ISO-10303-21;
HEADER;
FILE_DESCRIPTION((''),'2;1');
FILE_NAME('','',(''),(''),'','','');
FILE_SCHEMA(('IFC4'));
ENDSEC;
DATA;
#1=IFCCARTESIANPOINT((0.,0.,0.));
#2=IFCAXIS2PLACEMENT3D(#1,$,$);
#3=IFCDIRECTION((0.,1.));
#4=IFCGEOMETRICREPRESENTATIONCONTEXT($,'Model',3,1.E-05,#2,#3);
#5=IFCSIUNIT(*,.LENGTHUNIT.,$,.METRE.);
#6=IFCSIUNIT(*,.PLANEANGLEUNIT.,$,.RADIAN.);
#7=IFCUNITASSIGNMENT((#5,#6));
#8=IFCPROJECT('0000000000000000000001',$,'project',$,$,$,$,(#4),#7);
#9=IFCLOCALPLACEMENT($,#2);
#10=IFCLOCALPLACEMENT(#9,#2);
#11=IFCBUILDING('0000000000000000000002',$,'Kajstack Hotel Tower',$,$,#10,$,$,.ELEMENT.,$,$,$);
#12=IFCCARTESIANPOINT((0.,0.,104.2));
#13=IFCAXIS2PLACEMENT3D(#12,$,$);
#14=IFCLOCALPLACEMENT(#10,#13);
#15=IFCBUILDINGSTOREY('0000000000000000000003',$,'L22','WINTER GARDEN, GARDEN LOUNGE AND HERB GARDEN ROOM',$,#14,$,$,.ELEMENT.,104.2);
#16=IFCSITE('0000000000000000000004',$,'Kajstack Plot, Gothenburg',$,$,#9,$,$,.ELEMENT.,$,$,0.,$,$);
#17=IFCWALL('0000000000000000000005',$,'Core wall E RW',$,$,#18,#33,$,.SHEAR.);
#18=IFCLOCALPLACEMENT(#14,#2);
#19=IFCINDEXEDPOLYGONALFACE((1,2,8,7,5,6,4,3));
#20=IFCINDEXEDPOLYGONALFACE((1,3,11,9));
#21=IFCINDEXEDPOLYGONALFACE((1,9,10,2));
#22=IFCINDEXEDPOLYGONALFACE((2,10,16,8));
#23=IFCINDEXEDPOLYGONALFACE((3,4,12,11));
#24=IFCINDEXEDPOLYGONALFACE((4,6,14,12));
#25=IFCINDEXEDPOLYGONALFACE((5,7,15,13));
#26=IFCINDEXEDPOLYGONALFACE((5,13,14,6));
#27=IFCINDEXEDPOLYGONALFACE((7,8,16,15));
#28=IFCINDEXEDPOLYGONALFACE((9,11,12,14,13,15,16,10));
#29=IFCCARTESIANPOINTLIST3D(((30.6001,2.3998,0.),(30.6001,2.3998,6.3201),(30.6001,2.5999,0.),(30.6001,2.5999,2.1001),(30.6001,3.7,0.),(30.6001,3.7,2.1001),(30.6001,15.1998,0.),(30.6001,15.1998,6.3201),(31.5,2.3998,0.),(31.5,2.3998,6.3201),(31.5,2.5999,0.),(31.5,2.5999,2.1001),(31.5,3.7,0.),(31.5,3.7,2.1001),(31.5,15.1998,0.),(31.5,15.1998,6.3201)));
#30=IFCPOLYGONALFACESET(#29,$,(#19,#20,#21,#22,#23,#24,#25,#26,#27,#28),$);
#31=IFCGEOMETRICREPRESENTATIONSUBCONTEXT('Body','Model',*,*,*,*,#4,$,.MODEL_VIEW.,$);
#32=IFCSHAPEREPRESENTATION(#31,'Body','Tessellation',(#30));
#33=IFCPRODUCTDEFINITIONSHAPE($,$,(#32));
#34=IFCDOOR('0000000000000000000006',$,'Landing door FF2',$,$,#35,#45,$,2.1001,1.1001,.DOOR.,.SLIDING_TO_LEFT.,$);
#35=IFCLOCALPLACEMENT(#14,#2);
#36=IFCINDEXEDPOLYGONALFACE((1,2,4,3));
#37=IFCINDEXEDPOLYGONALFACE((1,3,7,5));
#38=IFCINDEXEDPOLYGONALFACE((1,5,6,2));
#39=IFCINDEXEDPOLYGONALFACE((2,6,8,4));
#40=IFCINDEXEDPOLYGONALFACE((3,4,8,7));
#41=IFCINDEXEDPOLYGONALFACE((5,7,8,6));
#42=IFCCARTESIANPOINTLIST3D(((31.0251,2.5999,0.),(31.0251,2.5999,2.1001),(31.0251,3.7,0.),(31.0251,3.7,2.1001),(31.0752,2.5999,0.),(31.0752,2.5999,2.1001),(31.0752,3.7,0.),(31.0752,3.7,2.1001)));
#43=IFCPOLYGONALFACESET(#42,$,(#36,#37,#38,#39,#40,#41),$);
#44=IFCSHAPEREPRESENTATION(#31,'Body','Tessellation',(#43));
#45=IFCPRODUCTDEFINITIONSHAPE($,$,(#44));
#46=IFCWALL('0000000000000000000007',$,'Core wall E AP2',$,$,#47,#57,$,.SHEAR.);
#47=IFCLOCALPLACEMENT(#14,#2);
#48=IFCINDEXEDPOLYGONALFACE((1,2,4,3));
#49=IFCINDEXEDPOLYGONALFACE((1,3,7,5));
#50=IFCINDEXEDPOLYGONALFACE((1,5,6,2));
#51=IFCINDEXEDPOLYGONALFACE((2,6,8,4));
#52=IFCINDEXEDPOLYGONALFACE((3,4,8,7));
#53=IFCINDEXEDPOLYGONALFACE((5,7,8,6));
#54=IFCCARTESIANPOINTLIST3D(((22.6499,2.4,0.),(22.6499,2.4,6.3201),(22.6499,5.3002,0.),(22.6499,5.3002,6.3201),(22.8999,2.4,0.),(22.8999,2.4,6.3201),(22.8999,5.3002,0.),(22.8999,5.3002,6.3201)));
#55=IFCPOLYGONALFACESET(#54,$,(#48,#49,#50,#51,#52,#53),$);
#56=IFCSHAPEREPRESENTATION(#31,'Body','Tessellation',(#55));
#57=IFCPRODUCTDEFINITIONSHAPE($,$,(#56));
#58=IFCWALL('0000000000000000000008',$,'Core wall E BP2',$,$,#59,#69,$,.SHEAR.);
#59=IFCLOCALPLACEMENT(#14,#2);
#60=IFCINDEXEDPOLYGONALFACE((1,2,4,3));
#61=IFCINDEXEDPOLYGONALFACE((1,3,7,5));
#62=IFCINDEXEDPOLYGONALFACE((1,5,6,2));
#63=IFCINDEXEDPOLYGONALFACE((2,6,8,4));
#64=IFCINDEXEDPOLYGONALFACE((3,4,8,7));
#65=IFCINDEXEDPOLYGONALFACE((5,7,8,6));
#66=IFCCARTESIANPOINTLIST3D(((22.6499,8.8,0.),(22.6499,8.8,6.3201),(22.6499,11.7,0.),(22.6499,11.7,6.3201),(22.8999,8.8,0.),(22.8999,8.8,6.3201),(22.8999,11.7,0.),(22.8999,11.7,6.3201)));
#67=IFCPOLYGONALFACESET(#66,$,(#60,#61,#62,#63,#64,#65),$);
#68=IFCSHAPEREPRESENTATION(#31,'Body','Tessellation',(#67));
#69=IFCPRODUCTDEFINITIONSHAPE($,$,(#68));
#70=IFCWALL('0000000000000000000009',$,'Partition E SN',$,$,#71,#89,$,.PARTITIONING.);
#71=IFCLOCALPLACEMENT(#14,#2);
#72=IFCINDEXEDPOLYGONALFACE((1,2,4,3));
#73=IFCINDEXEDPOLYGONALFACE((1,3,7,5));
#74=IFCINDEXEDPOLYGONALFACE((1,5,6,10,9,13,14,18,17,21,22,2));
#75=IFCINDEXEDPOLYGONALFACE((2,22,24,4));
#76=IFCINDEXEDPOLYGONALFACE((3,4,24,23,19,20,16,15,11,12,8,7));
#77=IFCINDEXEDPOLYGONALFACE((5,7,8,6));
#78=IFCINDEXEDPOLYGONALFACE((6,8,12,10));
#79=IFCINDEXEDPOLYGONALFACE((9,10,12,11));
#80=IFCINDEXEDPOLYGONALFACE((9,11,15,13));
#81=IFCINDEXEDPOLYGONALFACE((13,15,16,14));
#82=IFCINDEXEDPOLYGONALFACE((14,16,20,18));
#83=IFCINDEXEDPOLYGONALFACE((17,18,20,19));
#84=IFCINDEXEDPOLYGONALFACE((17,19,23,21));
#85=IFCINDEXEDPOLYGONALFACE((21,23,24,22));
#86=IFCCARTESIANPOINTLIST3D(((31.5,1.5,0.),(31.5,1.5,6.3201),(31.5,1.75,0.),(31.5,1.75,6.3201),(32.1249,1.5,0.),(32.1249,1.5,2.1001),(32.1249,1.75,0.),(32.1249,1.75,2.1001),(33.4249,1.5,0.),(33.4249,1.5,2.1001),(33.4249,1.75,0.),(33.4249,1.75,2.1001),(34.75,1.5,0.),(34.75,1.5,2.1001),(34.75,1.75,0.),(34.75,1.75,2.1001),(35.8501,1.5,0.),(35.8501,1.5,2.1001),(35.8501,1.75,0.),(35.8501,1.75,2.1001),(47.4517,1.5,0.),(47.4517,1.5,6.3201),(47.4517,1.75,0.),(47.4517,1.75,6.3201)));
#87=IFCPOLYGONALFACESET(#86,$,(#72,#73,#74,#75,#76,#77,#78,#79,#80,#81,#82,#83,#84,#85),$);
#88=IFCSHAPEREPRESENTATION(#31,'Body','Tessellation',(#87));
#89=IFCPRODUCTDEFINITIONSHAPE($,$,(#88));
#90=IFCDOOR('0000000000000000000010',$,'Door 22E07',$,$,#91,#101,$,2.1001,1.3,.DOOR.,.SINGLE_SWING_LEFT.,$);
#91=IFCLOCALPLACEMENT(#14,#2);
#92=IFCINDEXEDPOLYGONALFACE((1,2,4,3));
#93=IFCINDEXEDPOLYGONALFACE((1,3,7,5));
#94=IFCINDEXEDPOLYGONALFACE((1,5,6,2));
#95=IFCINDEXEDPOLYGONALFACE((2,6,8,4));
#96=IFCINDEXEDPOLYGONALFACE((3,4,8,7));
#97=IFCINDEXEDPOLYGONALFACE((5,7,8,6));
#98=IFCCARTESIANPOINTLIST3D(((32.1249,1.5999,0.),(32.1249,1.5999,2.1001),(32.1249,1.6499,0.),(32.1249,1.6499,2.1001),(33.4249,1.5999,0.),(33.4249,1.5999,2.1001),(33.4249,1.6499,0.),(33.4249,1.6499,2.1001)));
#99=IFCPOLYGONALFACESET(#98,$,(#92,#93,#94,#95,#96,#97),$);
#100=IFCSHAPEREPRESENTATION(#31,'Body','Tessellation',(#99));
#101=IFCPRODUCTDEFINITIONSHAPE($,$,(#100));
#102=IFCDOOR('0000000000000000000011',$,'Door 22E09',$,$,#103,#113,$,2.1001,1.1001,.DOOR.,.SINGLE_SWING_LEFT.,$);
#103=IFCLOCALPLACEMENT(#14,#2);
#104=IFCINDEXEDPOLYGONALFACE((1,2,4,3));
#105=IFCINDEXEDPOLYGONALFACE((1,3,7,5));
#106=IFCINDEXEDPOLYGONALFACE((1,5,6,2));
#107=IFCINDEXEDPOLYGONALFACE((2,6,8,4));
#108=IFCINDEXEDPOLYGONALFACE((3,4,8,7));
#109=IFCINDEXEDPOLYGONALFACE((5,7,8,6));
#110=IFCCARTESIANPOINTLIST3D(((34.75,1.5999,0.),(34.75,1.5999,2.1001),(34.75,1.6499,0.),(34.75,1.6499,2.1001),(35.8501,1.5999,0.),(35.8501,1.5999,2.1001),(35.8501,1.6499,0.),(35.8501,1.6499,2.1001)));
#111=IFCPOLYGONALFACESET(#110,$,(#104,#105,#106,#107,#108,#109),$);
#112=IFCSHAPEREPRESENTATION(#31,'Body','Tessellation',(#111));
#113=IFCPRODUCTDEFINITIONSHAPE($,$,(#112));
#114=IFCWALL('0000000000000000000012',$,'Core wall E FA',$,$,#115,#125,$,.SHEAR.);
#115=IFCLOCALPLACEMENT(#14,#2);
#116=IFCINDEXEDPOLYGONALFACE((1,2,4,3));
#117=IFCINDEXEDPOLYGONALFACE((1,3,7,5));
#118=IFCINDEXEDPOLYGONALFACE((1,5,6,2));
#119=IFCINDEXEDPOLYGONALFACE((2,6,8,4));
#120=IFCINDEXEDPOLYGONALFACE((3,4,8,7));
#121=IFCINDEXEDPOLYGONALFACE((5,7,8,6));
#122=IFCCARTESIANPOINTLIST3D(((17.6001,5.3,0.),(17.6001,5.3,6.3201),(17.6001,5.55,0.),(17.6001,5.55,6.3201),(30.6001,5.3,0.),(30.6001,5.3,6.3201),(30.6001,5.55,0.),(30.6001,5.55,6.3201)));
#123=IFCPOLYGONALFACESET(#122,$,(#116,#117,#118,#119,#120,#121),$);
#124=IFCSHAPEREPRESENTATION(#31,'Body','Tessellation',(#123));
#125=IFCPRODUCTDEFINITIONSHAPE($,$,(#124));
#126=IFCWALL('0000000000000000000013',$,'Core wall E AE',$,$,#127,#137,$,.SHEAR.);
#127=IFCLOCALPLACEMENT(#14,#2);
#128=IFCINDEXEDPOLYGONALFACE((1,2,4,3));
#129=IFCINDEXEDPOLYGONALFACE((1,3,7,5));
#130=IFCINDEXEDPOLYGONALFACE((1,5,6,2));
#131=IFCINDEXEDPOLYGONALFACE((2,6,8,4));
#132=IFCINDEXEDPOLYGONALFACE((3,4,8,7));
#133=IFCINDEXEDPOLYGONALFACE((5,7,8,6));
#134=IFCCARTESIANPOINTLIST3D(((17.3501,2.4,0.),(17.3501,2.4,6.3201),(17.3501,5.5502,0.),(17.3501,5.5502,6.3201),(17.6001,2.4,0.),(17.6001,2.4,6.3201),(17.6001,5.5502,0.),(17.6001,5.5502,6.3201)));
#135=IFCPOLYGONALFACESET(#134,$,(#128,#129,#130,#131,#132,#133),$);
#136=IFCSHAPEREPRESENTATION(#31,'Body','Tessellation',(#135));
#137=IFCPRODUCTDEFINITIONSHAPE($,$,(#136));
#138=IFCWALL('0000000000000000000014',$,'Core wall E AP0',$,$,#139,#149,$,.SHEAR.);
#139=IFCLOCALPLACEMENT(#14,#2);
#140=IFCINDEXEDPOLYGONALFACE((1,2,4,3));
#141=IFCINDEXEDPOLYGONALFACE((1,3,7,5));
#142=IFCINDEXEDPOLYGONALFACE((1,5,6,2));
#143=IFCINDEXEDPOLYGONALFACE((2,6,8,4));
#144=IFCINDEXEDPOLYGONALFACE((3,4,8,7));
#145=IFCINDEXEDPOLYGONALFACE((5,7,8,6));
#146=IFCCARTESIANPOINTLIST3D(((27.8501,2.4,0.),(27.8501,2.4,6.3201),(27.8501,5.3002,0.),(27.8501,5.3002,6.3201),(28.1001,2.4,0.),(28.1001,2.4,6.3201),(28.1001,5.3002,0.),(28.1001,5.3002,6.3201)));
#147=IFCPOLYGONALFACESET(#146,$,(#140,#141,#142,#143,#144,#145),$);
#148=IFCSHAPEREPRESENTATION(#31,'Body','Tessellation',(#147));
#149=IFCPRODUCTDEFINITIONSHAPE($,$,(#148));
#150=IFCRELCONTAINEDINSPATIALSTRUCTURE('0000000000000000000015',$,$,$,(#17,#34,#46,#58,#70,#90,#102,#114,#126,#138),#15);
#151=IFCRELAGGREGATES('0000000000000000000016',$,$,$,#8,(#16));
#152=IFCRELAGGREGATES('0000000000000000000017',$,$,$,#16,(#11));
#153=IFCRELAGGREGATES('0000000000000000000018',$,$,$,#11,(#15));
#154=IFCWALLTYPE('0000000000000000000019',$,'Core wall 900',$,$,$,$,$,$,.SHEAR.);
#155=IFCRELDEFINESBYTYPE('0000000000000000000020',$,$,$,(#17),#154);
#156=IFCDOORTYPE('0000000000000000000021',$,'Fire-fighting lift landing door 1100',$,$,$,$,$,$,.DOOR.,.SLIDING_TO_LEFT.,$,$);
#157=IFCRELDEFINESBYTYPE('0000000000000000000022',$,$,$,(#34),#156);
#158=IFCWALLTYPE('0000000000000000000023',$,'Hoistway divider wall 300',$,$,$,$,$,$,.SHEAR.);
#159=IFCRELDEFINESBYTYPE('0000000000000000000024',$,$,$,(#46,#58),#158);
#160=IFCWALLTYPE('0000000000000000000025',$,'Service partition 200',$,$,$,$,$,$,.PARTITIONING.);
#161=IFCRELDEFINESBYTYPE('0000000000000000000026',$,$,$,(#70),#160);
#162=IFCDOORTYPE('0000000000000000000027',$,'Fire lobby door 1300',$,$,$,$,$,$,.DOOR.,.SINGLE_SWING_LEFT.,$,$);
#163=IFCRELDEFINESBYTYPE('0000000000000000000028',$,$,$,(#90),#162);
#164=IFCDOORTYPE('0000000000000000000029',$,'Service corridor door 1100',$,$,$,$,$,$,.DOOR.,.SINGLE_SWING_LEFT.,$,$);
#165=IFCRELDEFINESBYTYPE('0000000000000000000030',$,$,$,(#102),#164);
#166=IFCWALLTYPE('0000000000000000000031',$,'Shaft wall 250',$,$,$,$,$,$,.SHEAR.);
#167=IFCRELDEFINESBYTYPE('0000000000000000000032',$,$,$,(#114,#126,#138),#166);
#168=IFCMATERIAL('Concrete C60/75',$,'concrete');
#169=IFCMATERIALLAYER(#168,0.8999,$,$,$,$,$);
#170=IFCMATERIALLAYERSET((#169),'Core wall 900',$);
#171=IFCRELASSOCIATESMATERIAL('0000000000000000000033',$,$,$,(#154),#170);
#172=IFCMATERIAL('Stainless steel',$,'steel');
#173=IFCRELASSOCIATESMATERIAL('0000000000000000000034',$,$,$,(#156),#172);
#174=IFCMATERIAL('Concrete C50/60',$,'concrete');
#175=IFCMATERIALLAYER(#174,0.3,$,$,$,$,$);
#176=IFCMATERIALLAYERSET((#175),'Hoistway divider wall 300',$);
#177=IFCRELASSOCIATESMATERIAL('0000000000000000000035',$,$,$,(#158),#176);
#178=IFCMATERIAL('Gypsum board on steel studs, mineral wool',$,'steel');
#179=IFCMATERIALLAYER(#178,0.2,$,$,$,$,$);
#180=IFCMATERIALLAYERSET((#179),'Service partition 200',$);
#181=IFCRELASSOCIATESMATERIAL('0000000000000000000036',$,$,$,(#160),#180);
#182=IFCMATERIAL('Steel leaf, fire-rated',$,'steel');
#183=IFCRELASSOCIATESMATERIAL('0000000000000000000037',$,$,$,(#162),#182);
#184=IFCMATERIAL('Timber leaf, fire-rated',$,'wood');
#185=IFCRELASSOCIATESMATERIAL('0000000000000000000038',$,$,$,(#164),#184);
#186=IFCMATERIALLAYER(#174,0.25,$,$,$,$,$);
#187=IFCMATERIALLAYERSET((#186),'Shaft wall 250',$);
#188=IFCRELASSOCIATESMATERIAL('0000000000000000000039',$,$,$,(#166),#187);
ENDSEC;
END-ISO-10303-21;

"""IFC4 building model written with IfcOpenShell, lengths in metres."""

from ifc_helpers import new_model, si_unit, direction, frame, frame_2d, origin, place, context, subcontext, project, spatial, rectangle, extrude, material, layer, layer_set, type_object, element, fill, save


model = new_model("IFC4")

# Units and contexts
model_context = context("Model", 3, precision=1e-05, world=origin(), true_north=direction((0.0, 1.0)))
body_context = subcontext(model_context, "Body", "Model", "MODEL_VIEW")
ifc_project = project(units=[si_unit("LENGTHUNIT", "METRE"), si_unit("PLANEANGLEUNIT", "RADIAN")], contexts=[model_context])

# Site, building, storey
site_placement = place(None, origin())
site = spatial("IfcSite", under=ifc_project, at=site_placement, Name="Kajstack Plot, Gothenburg", CompositionType="ELEMENT", RefElevation=0.0)
building_placement = place(site_placement, origin())
building = spatial("IfcBuilding", under=site, at=building_placement, Name="Kajstack Hotel Tower", CompositionType="ELEMENT")
storey_placement = place(building_placement, frame((0.0, 0.0, 104.2)))
storey = spatial("IfcBuildingStorey", under=building, at=storey_placement, Name="L22", Description="WINTER GARDEN, GARDEN LOUNGE AND HERB GARDEN ROOM", CompositionType="ELEMENT", Elevation=104.2)

# Wall, opening, door
ifc_material_1 = material(Name="Concrete C60/75", Category="concrete")
ifc_layer_1 = layer(ifc_material_1, 0.8999)
ifc_layer_set_1 = layer_set([ifc_layer_1], Name="Core wall 900")
wall_type_1 = type_object("IfcWallType", Name="Core wall 900", PredefinedType="SHEAR", material=ifc_layer_set_1)
wall_1_placement = place(storey_placement, frame((31.05, 2.3999, 0.0), z_axis=(0.0, 0.0, 1.0), x_axis=(0.0, 1.0, 0.0)))
wall_1 = element("IfcWall", 1, at=wall_1_placement, inside=storey, type_object=wall_type_1, Name="Core wall E RW", PredefinedType="SHEAR", context=body_context, shape_type="SweptSolid", body=[
    extrude(rectangle(XDim=12.8, YDim=0.8999, at=frame_2d((6.3999, 0.0))), origin(), (0.0, 0.0, 1.0), 6.3201),
])
opening_1_placement = place(wall_1_placement, frame((0.2, 0.0, 0.0)))
opening_1 = element("IfcOpeningElement", 2, at=opening_1_placement, cuts=wall_1, PredefinedType="OPENING", context=body_context, shape_type="SweptSolid", body=[
    extrude(rectangle(XDim=1.1001, YDim=2.1001, at=frame_2d((0.55, 1.05))), frame((0.0, 0.46, 0.0), z_axis=(0.0, -1.0, 0.0), x_axis=(1.0, 0.0, 0.0)), (0.0, 0.0, 1.0), 0.9199),
])
ifc_material_2 = material(Name="Stainless steel", Category="steel")
door_type_1 = type_object("IfcDoorType", Name="Fire-fighting lift landing door 1100", OperationType="SLIDING_TO_LEFT", PredefinedType="DOOR", material=ifc_material_2)
door_1_placement = place(opening_1_placement, origin())
door_1 = element("IfcDoor", 3, at=door_1_placement, inside=storey, type_object=door_type_1, Name="Landing door FF2", OperationType="SLIDING_TO_LEFT", OverallHeight=2.1001, OverallWidth=1.1001, PredefinedType="DOOR", context=body_context, shape_type="SweptSolid", body=[
    extrude(rectangle(XDim=1.1001, YDim=2.1001, at=frame_2d((0.55, 1.05))), frame((0.0, 0.0249, 0.0), z_axis=(0.0, -1.0, 0.0), x_axis=(1.0, 0.0, 0.0)), (0.0, 0.0, 1.0), 0.05),
])
fill(opening_1, door_1)

# Walls
ifc_material_3 = material(Name="Concrete C50/60", Category="concrete")
ifc_layer_2 = layer(ifc_material_3, 0.3)
ifc_layer_set_2 = layer_set([ifc_layer_2], Name="Hoistway divider wall 300")
wall_type_2 = type_object("IfcWallType", Name="Hoistway divider wall 300", PredefinedType="SHEAR", material=ifc_layer_set_2)
wall_2_placement = place(storey_placement, frame((22.7749, 2.3999, 0.0), z_axis=(0.0, 0.0, 1.0), x_axis=(0.0, 1.0, 0.0)))
element("IfcWall", 4, at=wall_2_placement, inside=storey, type_object=wall_type_2, Name="Core wall E AP2", PredefinedType="SHEAR", context=body_context, shape_type="SweptSolid", body=[
    extrude(rectangle(XDim=2.9001, YDim=0.25, at=frame_2d((1.4502, 0.0))), origin(), (0.0, 0.0, 1.0), 6.3201),
])
wall_3_placement = place(storey_placement, frame((22.7749, 8.8, 0.0), z_axis=(0.0, 0.0, 1.0), x_axis=(0.0, 1.0, 0.0)))
element("IfcWall", 5, at=wall_3_placement, inside=storey, type_object=wall_type_2, Name="Core wall E BP2", PredefinedType="SHEAR", context=body_context, shape_type="SweptSolid", body=[
    extrude(rectangle(XDim=2.8999, YDim=0.25, at=frame_2d((1.45, 0.0))), origin(), (0.0, 0.0, 1.0), 6.3201),
])

# Wall, openings, doors
ifc_material_4 = material(Name="Gypsum board on steel studs, mineral wool", Category="steel")
ifc_layer_3 = layer(ifc_material_4, 0.2)
ifc_layer_set_3 = layer_set([ifc_layer_3], Name="Service partition 200")
wall_type_3 = type_object("IfcWallType", Name="Service partition 200", PredefinedType="PARTITIONING", material=ifc_layer_set_3)
wall_4_placement = place(storey_placement, frame((31.5, 1.625, 0.0), z_axis=(0.0, 0.0, 1.0), x_axis=(1.0, 0.0, 0.0)))
wall_4 = element("IfcWall", 6, at=wall_4_placement, inside=storey, type_object=wall_type_3, Name="Partition E SN", PredefinedType="PARTITIONING", context=body_context, shape_type="SweptSolid", body=[
    extrude(rectangle(XDim=15.9517, YDim=0.25, at=frame_2d((7.9758, 0.0))), origin(), (0.0, 0.0, 1.0), 6.3201),
])
opening_2_placement = place(wall_4_placement, frame((0.625, 0.0, 0.0)))
opening_2 = element("IfcOpeningElement", 7, at=opening_2_placement, cuts=wall_4, PredefinedType="OPENING", context=body_context, shape_type="SweptSolid", body=[
    extrude(rectangle(XDim=1.3, YDim=2.1001, at=frame_2d((0.6499, 1.05))), frame((0.0, 0.135, 0.0), z_axis=(0.0, -1.0, 0.0), x_axis=(1.0, 0.0, 0.0)), (0.0, 0.0, 1.0), 0.27),
])
opening_3_placement = place(wall_4_placement, frame((3.25, 0.0, 0.0)))
opening_3 = element("IfcOpeningElement", 8, at=opening_3_placement, cuts=wall_4, PredefinedType="OPENING", context=body_context, shape_type="SweptSolid", body=[
    extrude(rectangle(XDim=1.1001, YDim=2.1001, at=frame_2d((0.55, 1.05))), frame((0.0, 0.135, 0.0), z_axis=(0.0, -1.0, 0.0), x_axis=(1.0, 0.0, 0.0)), (0.0, 0.0, 1.0), 0.27),
])
ifc_material_5 = material(Name="Steel leaf, fire-rated", Category="steel")
door_type_2 = type_object("IfcDoorType", Name="Fire lobby door 1300", OperationType="SINGLE_SWING_LEFT", PredefinedType="DOOR", material=ifc_material_5)
door_2_placement = place(opening_2_placement, origin())
door_2 = element("IfcDoor", 9, at=door_2_placement, inside=storey, type_object=door_type_2, Name="Door 22E07", OperationType="SINGLE_SWING_LEFT", OverallHeight=2.1001, OverallWidth=1.3, PredefinedType="DOOR", context=body_context, shape_type="SweptSolid", body=[
    extrude(rectangle(XDim=1.3, YDim=2.1001, at=frame_2d((0.6499, 1.05))), frame((0.0, 0.0249, 0.0), z_axis=(0.0, -1.0, 0.0), x_axis=(1.0, 0.0, 0.0)), (0.0, 0.0, 1.0), 0.05),
])
fill(opening_2, door_2)
ifc_material_6 = material(Name="Timber leaf, fire-rated", Category="wood")
door_type_3 = type_object("IfcDoorType", Name="Service corridor door 1100", OperationType="SINGLE_SWING_LEFT", PredefinedType="DOOR", material=ifc_material_6)
door_3_placement = place(opening_3_placement, origin())
door_3 = element("IfcDoor", 10, at=door_3_placement, inside=storey, type_object=door_type_3, Name="Door 22E09", OperationType="SINGLE_SWING_LEFT", OverallHeight=2.1001, OverallWidth=1.1001, PredefinedType="DOOR", context=body_context, shape_type="SweptSolid", body=[
    extrude(rectangle(XDim=1.1001, YDim=2.1001, at=frame_2d((0.55, 1.05))), frame((0.0, 0.0249, 0.0), z_axis=(0.0, -1.0, 0.0), x_axis=(1.0, 0.0, 0.0)), (0.0, 0.0, 1.0), 0.05),
])
fill(opening_3, door_3)

# Walls
ifc_layer_4 = layer(ifc_material_3, 0.25)
ifc_layer_set_4 = layer_set([ifc_layer_4], Name="Shaft wall 250")
wall_type_4 = type_object("IfcWallType", Name="Shaft wall 250", PredefinedType="SHEAR", material=ifc_layer_set_4)
wall_5_placement = place(storey_placement, frame((17.6001, 5.425, 0.0), z_axis=(0.0, 0.0, 1.0), x_axis=(1.0, 0.0, 0.0)))
element("IfcWall", 11, at=wall_5_placement, inside=storey, type_object=wall_type_4, Name="Core wall E FA", PredefinedType="SHEAR", context=body_context, shape_type="SweptSolid", body=[
    extrude(rectangle(XDim=13.0, YDim=0.25, at=frame_2d((6.5, 0.0))), origin(), (0.0, 0.0, 1.0), 6.3201),
])
wall_6_placement = place(storey_placement, frame((17.4751, 2.3999, 0.0), z_axis=(0.0, 0.0, 1.0), x_axis=(0.0, 1.0, 0.0)))
element("IfcWall", 12, at=wall_6_placement, inside=storey, type_object=wall_type_4, Name="Core wall E AE", PredefinedType="SHEAR", context=body_context, shape_type="SweptSolid", body=[
    extrude(rectangle(XDim=3.1501, YDim=0.25, at=frame_2d((1.5752, 0.0))), origin(), (0.0, 0.0, 1.0), 6.3201),
])
wall_7_placement = place(storey_placement, frame((27.9751, 2.3999, 0.0), z_axis=(0.0, 0.0, 1.0), x_axis=(0.0, 1.0, 0.0)))
element("IfcWall", 13, at=wall_7_placement, inside=storey, type_object=wall_type_4, Name="Core wall E AP0", PredefinedType="SHEAR", context=body_context, shape_type="SweptSolid", body=[
    extrude(rectangle(XDim=2.9001, YDim=0.25, at=frame_2d((1.4502, 0.0))), origin(), (0.0, 0.0, 1.0), 6.3201),
])

save(model, "model.ifc")
